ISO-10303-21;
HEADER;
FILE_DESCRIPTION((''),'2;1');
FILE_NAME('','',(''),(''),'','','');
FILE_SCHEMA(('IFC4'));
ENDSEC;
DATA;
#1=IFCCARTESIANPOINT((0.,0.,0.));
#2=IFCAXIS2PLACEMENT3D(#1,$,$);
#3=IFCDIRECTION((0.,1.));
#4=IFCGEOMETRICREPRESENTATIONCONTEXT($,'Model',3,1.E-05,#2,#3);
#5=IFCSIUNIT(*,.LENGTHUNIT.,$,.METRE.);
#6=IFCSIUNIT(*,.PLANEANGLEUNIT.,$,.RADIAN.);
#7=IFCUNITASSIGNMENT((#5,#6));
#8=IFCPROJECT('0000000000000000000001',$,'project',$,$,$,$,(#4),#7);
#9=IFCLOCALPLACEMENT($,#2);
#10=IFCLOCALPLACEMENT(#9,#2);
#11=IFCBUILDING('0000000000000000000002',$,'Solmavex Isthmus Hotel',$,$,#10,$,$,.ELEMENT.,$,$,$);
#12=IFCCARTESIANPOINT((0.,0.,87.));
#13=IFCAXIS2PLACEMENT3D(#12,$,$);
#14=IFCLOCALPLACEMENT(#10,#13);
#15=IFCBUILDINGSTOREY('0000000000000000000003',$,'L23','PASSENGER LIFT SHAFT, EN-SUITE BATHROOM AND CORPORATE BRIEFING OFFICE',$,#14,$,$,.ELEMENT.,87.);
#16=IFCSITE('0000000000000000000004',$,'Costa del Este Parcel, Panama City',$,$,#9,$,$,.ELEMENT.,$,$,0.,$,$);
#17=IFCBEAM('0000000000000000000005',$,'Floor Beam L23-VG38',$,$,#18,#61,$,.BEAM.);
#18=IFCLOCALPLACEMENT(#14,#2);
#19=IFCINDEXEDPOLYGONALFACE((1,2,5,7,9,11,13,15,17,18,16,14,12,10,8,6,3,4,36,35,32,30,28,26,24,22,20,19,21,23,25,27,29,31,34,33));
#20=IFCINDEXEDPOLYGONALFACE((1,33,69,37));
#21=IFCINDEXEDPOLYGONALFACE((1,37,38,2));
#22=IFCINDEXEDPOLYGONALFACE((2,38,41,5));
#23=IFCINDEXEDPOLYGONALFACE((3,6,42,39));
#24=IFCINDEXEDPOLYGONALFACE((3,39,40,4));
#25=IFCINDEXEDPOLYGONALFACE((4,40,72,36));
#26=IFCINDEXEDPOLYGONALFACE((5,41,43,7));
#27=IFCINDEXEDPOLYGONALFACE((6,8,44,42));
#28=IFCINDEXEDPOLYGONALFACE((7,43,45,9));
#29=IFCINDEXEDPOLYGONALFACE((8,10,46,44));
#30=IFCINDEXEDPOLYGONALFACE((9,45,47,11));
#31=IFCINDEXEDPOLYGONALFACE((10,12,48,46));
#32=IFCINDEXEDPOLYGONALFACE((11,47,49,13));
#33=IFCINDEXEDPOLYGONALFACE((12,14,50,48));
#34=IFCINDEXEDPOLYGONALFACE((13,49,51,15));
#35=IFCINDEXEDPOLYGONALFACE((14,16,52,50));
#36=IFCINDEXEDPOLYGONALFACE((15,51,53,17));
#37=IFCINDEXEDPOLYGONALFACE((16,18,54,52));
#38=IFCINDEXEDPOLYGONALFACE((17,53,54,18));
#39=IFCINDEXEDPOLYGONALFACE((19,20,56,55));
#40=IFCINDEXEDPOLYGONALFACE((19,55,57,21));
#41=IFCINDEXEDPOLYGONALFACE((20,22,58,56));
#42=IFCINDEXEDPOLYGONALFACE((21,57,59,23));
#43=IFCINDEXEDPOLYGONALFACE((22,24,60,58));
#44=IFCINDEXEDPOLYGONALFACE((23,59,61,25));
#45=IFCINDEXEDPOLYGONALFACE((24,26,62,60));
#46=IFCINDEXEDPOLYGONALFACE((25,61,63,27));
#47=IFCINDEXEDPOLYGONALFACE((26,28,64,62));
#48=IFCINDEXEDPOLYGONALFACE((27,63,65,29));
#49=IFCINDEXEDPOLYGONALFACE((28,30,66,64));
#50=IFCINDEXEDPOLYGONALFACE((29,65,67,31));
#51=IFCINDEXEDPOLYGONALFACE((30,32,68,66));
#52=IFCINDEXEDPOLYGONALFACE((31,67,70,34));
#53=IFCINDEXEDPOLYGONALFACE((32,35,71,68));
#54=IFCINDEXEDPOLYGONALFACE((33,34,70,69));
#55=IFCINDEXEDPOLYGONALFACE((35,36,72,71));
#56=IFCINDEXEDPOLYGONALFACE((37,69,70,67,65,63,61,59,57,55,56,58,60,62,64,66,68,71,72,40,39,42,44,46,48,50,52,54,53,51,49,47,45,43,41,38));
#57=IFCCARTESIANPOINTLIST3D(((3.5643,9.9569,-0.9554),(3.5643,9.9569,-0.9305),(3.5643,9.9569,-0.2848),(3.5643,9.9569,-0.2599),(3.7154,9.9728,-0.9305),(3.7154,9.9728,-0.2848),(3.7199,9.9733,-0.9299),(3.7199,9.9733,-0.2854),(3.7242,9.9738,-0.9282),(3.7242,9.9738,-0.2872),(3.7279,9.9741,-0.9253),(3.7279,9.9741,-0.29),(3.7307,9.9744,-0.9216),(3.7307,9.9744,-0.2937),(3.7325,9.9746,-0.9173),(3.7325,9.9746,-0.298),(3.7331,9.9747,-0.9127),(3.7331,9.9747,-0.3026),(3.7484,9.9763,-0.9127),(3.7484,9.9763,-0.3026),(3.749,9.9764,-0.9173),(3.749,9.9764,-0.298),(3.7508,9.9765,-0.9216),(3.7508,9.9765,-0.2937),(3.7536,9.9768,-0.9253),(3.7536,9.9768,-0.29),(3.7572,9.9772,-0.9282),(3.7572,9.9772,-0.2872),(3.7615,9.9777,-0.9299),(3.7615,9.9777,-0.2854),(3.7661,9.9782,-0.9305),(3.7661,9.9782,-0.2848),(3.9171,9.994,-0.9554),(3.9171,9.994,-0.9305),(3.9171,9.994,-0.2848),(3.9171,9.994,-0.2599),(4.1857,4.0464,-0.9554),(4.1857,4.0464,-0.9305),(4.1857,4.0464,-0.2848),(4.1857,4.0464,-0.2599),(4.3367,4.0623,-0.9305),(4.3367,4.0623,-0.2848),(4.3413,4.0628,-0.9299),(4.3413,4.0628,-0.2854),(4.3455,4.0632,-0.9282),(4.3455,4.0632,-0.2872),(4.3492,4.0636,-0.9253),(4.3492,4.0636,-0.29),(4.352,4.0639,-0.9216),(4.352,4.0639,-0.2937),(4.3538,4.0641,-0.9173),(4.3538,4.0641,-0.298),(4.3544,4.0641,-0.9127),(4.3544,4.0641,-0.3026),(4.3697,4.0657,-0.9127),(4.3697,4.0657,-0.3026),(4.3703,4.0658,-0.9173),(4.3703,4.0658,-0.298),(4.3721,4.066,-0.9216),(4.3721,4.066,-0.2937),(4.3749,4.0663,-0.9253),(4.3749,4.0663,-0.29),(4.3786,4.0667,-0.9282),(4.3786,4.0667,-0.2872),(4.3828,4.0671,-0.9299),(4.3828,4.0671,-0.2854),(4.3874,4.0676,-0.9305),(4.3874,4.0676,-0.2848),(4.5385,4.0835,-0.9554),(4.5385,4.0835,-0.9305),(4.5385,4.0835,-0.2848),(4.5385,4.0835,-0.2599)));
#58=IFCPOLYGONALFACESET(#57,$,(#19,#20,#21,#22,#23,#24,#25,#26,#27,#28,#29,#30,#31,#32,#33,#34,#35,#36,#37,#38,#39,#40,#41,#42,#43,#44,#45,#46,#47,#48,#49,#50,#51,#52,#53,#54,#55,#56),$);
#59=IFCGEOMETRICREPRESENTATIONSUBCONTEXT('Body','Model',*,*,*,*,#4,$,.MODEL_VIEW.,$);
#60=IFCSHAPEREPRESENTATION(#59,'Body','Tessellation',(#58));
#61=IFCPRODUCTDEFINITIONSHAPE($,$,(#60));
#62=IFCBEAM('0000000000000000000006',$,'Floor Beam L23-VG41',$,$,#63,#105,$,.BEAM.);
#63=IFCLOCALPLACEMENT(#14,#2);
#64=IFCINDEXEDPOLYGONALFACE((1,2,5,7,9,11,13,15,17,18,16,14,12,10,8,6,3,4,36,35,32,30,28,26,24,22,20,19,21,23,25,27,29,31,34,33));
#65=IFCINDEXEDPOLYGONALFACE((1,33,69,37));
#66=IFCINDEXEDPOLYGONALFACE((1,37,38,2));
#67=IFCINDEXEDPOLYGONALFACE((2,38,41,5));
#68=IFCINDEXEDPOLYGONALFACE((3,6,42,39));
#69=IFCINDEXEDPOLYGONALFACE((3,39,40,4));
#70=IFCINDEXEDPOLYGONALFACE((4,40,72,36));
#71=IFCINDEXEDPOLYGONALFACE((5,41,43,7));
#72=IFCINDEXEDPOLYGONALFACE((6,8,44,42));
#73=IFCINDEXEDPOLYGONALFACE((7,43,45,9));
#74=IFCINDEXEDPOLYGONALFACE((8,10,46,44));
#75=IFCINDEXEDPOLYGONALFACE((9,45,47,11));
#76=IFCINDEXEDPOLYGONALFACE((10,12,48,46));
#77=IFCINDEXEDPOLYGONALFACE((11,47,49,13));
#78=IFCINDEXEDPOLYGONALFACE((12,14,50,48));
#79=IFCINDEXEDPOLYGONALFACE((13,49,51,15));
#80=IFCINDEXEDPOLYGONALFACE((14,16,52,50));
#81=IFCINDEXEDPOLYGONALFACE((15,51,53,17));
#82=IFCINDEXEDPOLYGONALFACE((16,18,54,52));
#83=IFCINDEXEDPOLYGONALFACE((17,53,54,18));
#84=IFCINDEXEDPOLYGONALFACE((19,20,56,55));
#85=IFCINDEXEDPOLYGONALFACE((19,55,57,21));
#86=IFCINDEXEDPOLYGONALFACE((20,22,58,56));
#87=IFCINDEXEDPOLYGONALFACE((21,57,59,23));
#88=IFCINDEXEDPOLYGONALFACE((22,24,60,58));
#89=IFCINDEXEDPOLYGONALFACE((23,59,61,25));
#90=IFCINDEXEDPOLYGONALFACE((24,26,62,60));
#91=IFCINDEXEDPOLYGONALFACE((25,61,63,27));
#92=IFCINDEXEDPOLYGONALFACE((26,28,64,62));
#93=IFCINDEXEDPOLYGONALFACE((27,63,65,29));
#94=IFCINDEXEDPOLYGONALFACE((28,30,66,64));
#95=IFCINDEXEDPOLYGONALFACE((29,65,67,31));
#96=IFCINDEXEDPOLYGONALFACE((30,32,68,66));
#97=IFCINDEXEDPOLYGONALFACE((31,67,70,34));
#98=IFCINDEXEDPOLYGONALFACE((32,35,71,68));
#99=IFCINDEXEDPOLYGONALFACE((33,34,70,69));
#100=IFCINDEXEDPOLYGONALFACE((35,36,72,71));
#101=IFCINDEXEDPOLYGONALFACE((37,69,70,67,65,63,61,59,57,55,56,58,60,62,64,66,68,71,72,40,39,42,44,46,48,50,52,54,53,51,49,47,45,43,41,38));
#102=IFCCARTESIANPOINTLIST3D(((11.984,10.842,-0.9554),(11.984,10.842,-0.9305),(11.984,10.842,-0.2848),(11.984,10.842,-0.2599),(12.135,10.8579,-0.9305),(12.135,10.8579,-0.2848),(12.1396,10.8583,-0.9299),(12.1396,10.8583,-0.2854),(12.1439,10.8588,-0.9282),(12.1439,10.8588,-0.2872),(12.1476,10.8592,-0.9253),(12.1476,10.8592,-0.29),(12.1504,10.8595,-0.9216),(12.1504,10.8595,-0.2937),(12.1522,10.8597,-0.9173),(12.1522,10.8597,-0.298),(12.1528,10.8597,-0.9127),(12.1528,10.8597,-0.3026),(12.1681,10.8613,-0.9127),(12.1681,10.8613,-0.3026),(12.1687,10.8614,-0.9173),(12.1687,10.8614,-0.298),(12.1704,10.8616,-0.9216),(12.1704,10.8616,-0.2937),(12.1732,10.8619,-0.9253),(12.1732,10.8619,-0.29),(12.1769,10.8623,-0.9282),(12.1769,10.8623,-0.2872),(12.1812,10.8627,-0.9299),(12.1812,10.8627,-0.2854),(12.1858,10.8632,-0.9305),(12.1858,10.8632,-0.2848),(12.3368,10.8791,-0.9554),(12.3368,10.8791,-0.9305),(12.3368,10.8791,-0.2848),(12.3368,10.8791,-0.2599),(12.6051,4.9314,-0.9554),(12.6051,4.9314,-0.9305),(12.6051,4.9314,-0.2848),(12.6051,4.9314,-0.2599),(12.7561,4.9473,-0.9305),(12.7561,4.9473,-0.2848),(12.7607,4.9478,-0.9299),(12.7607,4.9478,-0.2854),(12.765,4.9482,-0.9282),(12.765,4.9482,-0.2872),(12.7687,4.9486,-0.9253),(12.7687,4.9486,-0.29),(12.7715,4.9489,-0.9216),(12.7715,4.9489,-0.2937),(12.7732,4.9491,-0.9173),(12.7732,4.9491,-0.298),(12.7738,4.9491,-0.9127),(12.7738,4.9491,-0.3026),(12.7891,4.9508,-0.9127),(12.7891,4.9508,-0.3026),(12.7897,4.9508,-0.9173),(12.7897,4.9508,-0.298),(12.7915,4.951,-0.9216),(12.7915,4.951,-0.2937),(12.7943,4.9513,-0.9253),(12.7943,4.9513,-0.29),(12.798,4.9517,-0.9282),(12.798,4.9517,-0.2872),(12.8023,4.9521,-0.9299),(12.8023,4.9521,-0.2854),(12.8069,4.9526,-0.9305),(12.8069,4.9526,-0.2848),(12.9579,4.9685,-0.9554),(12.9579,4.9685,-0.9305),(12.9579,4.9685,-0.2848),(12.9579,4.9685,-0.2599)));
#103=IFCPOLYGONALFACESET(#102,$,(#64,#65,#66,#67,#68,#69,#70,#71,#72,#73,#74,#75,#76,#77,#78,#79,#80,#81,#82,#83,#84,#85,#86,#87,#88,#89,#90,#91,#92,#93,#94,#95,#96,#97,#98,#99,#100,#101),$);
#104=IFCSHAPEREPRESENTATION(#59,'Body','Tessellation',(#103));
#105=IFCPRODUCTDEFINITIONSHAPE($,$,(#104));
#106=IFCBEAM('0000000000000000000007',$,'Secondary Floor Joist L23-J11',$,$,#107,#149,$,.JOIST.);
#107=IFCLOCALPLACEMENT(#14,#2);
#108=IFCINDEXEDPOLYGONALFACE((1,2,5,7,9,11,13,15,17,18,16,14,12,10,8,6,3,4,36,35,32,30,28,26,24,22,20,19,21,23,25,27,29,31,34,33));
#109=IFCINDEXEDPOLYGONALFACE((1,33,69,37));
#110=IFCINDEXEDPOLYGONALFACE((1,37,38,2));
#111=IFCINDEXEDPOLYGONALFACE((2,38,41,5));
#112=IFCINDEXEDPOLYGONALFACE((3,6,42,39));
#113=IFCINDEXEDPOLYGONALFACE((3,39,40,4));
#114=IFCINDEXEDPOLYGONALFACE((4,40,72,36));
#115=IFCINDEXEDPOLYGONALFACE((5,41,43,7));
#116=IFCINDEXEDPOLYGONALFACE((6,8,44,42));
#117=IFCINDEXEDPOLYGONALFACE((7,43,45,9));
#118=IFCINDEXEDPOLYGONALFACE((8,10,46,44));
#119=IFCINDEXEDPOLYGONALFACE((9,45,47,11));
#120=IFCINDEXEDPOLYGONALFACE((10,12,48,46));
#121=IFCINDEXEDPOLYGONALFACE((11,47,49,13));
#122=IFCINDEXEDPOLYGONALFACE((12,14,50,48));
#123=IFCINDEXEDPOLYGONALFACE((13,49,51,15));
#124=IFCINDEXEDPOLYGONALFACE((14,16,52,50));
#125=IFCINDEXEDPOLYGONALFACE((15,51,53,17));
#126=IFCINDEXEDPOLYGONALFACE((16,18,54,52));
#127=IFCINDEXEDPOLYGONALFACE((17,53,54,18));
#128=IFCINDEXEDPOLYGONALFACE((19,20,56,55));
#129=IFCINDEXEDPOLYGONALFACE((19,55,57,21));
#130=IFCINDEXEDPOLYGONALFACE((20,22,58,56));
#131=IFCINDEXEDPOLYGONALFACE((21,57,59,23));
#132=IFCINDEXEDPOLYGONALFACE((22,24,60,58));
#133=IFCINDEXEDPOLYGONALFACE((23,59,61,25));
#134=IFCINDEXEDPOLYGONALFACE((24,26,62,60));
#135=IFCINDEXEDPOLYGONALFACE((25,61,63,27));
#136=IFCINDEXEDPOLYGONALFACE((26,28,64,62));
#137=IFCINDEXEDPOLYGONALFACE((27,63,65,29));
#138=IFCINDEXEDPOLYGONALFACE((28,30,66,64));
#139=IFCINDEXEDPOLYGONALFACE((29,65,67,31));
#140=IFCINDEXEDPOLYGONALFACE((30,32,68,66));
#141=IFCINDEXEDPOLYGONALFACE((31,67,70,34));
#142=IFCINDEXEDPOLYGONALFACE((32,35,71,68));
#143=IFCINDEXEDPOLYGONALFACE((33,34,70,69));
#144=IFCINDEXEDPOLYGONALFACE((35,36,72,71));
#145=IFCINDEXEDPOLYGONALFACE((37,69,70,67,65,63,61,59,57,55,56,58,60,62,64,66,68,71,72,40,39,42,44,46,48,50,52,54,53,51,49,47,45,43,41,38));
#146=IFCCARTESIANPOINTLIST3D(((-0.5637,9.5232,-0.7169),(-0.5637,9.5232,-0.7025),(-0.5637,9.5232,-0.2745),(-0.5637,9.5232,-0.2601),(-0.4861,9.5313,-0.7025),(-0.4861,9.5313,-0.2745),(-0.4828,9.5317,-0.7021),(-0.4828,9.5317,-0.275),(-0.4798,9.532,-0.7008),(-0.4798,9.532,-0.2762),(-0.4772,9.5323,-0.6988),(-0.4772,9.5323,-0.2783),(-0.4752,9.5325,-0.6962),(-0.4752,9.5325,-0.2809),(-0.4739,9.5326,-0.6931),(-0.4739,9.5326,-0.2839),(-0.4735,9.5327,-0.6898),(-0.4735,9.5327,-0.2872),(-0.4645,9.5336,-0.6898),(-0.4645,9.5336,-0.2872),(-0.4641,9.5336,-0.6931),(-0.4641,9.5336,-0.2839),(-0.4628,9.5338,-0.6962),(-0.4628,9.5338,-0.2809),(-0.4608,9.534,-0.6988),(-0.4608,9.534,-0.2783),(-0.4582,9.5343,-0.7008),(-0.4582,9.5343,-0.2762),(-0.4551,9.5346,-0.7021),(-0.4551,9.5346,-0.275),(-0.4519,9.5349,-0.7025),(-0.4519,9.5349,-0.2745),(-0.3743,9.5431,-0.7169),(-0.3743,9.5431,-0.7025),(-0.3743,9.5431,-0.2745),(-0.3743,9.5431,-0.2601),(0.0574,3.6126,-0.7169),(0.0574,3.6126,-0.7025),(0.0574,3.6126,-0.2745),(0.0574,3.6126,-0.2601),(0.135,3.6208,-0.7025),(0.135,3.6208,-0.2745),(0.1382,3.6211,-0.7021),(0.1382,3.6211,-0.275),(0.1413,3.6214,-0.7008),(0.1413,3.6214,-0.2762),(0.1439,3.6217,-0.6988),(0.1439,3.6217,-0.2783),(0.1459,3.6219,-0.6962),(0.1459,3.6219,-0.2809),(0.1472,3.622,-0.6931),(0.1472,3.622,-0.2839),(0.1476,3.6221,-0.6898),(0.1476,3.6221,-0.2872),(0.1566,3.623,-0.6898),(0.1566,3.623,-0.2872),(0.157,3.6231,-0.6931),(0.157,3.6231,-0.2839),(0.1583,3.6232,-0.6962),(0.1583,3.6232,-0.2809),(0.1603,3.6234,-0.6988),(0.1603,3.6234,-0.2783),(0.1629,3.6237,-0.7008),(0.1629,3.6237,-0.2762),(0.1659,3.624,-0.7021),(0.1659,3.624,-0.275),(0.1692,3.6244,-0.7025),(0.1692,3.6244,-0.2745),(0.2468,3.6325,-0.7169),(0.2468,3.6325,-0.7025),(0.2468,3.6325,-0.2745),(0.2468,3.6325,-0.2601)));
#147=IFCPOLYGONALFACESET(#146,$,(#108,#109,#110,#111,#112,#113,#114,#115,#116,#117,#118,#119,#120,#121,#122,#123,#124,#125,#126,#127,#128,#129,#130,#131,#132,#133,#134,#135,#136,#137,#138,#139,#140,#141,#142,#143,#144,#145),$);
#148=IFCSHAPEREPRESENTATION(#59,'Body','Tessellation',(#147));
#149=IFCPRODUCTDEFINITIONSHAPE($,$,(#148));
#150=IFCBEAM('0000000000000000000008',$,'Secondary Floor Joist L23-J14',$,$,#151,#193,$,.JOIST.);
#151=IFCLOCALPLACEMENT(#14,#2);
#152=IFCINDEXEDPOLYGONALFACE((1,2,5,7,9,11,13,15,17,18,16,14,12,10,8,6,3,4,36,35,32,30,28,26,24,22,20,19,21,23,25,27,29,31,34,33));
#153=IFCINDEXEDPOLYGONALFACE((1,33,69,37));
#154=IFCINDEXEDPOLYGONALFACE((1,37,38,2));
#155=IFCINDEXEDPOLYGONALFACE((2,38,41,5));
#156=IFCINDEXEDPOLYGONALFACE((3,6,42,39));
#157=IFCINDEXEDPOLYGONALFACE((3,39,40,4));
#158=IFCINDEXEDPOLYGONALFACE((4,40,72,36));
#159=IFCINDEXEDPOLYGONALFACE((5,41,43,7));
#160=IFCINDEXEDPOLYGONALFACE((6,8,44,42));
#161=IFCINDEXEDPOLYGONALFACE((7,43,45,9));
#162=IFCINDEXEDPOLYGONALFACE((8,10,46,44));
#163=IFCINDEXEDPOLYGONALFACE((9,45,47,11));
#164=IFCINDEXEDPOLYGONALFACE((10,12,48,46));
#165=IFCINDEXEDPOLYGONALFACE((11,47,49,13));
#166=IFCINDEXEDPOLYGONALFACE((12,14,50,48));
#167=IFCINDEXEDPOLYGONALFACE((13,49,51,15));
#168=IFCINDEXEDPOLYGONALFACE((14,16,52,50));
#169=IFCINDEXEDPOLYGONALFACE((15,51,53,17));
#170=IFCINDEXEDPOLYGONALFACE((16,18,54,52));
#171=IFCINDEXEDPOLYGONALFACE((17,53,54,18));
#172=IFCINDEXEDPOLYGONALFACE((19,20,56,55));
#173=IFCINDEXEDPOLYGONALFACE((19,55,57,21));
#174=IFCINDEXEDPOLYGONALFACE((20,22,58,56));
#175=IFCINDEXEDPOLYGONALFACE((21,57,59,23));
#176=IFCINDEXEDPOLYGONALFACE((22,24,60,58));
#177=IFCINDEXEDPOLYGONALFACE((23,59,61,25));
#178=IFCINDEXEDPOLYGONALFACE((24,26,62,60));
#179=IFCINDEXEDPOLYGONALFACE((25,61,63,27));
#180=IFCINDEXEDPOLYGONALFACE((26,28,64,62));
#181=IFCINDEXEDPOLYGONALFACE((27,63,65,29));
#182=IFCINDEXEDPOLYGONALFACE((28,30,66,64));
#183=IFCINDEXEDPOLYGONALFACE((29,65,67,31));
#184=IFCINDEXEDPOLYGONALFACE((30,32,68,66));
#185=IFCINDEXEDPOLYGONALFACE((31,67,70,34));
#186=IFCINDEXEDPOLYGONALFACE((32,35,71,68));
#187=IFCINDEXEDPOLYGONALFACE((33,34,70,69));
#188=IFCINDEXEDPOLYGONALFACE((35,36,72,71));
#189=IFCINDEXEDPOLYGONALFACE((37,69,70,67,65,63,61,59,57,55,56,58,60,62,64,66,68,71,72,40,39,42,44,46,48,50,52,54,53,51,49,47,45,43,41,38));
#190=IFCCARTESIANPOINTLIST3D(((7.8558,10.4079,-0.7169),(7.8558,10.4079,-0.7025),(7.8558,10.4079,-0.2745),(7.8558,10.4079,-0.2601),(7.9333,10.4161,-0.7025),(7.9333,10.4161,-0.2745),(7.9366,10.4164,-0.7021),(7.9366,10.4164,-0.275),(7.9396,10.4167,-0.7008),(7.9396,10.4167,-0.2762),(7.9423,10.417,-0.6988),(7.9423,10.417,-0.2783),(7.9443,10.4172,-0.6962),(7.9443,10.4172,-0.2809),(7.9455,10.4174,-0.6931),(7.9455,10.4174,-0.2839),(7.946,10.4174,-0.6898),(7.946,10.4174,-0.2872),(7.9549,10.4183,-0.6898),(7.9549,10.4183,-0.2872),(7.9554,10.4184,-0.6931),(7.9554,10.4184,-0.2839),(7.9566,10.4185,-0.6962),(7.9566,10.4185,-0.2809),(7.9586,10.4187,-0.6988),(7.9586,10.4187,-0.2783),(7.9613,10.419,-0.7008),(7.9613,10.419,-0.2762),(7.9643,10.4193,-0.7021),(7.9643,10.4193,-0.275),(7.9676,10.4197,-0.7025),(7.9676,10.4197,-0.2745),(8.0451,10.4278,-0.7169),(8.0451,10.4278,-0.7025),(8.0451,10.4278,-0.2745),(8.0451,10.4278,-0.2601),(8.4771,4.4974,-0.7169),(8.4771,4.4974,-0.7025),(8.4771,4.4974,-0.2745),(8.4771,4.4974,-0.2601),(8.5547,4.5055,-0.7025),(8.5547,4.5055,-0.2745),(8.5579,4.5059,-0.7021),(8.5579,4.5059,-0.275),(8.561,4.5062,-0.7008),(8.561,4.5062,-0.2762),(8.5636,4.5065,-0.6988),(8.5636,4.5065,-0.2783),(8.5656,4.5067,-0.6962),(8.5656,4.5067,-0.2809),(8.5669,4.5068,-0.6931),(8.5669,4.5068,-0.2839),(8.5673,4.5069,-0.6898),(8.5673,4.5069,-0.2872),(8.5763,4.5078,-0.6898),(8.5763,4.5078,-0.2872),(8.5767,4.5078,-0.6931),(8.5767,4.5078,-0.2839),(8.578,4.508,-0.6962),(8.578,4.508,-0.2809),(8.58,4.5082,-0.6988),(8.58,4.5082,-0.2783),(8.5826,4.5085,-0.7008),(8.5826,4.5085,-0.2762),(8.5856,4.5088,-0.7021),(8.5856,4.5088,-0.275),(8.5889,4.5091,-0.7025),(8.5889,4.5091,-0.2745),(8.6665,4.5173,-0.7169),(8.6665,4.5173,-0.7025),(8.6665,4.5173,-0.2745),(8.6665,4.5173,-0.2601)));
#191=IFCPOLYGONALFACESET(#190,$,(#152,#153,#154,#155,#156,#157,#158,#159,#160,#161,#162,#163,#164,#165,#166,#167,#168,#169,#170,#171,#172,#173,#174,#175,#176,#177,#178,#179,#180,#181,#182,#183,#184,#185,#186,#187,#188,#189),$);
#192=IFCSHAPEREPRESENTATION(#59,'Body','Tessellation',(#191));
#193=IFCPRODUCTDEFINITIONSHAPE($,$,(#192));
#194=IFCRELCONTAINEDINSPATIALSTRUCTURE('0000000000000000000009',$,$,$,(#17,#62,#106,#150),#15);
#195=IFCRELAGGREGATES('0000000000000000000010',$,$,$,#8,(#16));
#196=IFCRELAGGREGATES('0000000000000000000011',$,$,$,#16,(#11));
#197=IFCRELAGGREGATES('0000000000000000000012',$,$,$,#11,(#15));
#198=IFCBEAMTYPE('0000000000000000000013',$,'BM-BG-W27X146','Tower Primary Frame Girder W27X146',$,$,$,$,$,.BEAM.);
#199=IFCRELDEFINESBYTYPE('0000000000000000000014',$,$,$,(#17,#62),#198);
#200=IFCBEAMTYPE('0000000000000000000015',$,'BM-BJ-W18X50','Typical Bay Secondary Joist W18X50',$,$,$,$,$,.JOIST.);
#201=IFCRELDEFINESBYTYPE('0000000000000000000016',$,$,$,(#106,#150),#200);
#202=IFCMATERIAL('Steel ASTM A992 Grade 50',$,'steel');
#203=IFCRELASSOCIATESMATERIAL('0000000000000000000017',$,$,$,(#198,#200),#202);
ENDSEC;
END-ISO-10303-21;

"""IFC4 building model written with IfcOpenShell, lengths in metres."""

from ifc_helpers import new_model, si_unit, direction, frame, origin, origin_2d, place, context, subcontext, project, spatial, i_section, extrude, material, material_profile, profile_set, type_object, element, save


model = new_model("IFC4")

# Units and contexts
model_context = context("Model", 3, precision=1e-05, world=origin(), true_north=direction((0.0, 1.0)))
body_context = subcontext(model_context, "Body", "Model", "MODEL_VIEW")
ifc_project = project(units=[si_unit("LENGTHUNIT", "METRE"), si_unit("PLANEANGLEUNIT", "RADIAN")], contexts=[model_context])

# Site, building, storey
site_placement = place(None, origin())
site = spatial("IfcSite", under=ifc_project, at=site_placement, Name="Costa del Este Parcel, Panama City", CompositionType="ELEMENT", RefElevation=0.0)
building_placement = place(site_placement, origin())
building = spatial("IfcBuilding", under=site, at=building_placement, Name="Solmavex Isthmus Hotel", CompositionType="ELEMENT")
storey_placement = place(building_placement, frame((0.0, 0.0, 87.0)))
storey = spatial("IfcBuildingStorey", under=building, at=storey_placement, Name="L23", Description="PASSENGER LIFT SHAFT, EN-SUITE BATHROOM AND CORPORATE BRIEFING OFFICE", CompositionType="ELEMENT", Elevation=87.0)

# Beams
ifc_material_1 = material(Name="Steel ASTM A992 Grade 50", Category="steel")
ifc_material_profile_1 = material_profile(ifc_material_1, i_section(OverallWidth=0.3547, OverallDepth=0.6956, WebThickness=0.0154, FlangeThickness=0.0249, FilletRadius=0.0178, at=origin_2d()), Name="W27X146")
ifc_profile_set_1 = profile_set([ifc_material_profile_1], Name="Steel ASTM A992 Grade 50")
beam_type_1 = type_object("IfcBeamType", Name="BM-BG-W27X146", Description="Tower Primary Frame Girder W27X146", PredefinedType="BEAM", material=ifc_profile_set_1)
for number, where, z_axis, x_axis, name in (
    (1, (4.3621, 4.0649, -0.6077), (-0.104546, 0.99452, 0.0), (-0.99452, -0.104546, 0.0), "Floor Beam L23-VG38"),
    (2, (12.7815, 4.95, -0.6077), (-0.104505, 0.994524, 0.0), (-0.994524, -0.104505, 0.0), "Floor Beam L23-VG41"),
):
    element("IfcBeam", number, at=place(storey_placement, frame(where, z_axis=z_axis, x_axis=x_axis)), inside=storey, type_object=beam_type_1, Name=name, PredefinedType="BEAM", context=body_context, shape_type="SweptSolid", body=[
        extrude(i_section(OverallWidth=0.3547, OverallDepth=0.6956, WebThickness=0.0154, FlangeThickness=0.0249, FilletRadius=0.0178, at=origin_2d()), origin(), (0.0, 0.0, 1.0), 5.9431),
    ])
ifc_material_profile_2 = material_profile(ifc_material_1, i_section(OverallWidth=0.1904, OverallDepth=0.4568, WebThickness=0.009, FlangeThickness=0.0144, FilletRadius=0.0127, at=origin_2d()), Name="W18X50")
ifc_profile_set_2 = profile_set([ifc_material_profile_2], Name="Steel ASTM A992 Grade 50")
beam_type_2 = type_object("IfcBeamType", Name="BM-BJ-W18X50", Description="Typical Bay Secondary Joist W18X50", PredefinedType="JOIST", material=ifc_profile_set_2)
for number, where, z_axis, x_axis, name in (
    (3, (0.1521, 3.6226, -0.4885), (-0.104505, 0.994524, 0.0), (-0.994524, -0.104505, 0.0), "Secondary Floor Joist L23-J11"),
    (4, (8.5718, 4.5073, -0.4885), (-0.104546, 0.99452, 0.0), (-0.99452, -0.104546, 0.0), "Secondary Floor Joist L23-J14"),
):
    element("IfcBeam", number, at=place(storey_placement, frame(where, z_axis=z_axis, x_axis=x_axis)), inside=storey, type_object=beam_type_2, Name=name, PredefinedType="JOIST", context=body_context, shape_type="SweptSolid", body=[
        extrude(i_section(OverallWidth=0.1904, OverallDepth=0.4568, WebThickness=0.009, FlangeThickness=0.0144, FilletRadius=0.0127, at=origin_2d()), origin(), (0.0, 0.0, 1.0), 5.9431),
    ])

save(model, "model.ifc")
